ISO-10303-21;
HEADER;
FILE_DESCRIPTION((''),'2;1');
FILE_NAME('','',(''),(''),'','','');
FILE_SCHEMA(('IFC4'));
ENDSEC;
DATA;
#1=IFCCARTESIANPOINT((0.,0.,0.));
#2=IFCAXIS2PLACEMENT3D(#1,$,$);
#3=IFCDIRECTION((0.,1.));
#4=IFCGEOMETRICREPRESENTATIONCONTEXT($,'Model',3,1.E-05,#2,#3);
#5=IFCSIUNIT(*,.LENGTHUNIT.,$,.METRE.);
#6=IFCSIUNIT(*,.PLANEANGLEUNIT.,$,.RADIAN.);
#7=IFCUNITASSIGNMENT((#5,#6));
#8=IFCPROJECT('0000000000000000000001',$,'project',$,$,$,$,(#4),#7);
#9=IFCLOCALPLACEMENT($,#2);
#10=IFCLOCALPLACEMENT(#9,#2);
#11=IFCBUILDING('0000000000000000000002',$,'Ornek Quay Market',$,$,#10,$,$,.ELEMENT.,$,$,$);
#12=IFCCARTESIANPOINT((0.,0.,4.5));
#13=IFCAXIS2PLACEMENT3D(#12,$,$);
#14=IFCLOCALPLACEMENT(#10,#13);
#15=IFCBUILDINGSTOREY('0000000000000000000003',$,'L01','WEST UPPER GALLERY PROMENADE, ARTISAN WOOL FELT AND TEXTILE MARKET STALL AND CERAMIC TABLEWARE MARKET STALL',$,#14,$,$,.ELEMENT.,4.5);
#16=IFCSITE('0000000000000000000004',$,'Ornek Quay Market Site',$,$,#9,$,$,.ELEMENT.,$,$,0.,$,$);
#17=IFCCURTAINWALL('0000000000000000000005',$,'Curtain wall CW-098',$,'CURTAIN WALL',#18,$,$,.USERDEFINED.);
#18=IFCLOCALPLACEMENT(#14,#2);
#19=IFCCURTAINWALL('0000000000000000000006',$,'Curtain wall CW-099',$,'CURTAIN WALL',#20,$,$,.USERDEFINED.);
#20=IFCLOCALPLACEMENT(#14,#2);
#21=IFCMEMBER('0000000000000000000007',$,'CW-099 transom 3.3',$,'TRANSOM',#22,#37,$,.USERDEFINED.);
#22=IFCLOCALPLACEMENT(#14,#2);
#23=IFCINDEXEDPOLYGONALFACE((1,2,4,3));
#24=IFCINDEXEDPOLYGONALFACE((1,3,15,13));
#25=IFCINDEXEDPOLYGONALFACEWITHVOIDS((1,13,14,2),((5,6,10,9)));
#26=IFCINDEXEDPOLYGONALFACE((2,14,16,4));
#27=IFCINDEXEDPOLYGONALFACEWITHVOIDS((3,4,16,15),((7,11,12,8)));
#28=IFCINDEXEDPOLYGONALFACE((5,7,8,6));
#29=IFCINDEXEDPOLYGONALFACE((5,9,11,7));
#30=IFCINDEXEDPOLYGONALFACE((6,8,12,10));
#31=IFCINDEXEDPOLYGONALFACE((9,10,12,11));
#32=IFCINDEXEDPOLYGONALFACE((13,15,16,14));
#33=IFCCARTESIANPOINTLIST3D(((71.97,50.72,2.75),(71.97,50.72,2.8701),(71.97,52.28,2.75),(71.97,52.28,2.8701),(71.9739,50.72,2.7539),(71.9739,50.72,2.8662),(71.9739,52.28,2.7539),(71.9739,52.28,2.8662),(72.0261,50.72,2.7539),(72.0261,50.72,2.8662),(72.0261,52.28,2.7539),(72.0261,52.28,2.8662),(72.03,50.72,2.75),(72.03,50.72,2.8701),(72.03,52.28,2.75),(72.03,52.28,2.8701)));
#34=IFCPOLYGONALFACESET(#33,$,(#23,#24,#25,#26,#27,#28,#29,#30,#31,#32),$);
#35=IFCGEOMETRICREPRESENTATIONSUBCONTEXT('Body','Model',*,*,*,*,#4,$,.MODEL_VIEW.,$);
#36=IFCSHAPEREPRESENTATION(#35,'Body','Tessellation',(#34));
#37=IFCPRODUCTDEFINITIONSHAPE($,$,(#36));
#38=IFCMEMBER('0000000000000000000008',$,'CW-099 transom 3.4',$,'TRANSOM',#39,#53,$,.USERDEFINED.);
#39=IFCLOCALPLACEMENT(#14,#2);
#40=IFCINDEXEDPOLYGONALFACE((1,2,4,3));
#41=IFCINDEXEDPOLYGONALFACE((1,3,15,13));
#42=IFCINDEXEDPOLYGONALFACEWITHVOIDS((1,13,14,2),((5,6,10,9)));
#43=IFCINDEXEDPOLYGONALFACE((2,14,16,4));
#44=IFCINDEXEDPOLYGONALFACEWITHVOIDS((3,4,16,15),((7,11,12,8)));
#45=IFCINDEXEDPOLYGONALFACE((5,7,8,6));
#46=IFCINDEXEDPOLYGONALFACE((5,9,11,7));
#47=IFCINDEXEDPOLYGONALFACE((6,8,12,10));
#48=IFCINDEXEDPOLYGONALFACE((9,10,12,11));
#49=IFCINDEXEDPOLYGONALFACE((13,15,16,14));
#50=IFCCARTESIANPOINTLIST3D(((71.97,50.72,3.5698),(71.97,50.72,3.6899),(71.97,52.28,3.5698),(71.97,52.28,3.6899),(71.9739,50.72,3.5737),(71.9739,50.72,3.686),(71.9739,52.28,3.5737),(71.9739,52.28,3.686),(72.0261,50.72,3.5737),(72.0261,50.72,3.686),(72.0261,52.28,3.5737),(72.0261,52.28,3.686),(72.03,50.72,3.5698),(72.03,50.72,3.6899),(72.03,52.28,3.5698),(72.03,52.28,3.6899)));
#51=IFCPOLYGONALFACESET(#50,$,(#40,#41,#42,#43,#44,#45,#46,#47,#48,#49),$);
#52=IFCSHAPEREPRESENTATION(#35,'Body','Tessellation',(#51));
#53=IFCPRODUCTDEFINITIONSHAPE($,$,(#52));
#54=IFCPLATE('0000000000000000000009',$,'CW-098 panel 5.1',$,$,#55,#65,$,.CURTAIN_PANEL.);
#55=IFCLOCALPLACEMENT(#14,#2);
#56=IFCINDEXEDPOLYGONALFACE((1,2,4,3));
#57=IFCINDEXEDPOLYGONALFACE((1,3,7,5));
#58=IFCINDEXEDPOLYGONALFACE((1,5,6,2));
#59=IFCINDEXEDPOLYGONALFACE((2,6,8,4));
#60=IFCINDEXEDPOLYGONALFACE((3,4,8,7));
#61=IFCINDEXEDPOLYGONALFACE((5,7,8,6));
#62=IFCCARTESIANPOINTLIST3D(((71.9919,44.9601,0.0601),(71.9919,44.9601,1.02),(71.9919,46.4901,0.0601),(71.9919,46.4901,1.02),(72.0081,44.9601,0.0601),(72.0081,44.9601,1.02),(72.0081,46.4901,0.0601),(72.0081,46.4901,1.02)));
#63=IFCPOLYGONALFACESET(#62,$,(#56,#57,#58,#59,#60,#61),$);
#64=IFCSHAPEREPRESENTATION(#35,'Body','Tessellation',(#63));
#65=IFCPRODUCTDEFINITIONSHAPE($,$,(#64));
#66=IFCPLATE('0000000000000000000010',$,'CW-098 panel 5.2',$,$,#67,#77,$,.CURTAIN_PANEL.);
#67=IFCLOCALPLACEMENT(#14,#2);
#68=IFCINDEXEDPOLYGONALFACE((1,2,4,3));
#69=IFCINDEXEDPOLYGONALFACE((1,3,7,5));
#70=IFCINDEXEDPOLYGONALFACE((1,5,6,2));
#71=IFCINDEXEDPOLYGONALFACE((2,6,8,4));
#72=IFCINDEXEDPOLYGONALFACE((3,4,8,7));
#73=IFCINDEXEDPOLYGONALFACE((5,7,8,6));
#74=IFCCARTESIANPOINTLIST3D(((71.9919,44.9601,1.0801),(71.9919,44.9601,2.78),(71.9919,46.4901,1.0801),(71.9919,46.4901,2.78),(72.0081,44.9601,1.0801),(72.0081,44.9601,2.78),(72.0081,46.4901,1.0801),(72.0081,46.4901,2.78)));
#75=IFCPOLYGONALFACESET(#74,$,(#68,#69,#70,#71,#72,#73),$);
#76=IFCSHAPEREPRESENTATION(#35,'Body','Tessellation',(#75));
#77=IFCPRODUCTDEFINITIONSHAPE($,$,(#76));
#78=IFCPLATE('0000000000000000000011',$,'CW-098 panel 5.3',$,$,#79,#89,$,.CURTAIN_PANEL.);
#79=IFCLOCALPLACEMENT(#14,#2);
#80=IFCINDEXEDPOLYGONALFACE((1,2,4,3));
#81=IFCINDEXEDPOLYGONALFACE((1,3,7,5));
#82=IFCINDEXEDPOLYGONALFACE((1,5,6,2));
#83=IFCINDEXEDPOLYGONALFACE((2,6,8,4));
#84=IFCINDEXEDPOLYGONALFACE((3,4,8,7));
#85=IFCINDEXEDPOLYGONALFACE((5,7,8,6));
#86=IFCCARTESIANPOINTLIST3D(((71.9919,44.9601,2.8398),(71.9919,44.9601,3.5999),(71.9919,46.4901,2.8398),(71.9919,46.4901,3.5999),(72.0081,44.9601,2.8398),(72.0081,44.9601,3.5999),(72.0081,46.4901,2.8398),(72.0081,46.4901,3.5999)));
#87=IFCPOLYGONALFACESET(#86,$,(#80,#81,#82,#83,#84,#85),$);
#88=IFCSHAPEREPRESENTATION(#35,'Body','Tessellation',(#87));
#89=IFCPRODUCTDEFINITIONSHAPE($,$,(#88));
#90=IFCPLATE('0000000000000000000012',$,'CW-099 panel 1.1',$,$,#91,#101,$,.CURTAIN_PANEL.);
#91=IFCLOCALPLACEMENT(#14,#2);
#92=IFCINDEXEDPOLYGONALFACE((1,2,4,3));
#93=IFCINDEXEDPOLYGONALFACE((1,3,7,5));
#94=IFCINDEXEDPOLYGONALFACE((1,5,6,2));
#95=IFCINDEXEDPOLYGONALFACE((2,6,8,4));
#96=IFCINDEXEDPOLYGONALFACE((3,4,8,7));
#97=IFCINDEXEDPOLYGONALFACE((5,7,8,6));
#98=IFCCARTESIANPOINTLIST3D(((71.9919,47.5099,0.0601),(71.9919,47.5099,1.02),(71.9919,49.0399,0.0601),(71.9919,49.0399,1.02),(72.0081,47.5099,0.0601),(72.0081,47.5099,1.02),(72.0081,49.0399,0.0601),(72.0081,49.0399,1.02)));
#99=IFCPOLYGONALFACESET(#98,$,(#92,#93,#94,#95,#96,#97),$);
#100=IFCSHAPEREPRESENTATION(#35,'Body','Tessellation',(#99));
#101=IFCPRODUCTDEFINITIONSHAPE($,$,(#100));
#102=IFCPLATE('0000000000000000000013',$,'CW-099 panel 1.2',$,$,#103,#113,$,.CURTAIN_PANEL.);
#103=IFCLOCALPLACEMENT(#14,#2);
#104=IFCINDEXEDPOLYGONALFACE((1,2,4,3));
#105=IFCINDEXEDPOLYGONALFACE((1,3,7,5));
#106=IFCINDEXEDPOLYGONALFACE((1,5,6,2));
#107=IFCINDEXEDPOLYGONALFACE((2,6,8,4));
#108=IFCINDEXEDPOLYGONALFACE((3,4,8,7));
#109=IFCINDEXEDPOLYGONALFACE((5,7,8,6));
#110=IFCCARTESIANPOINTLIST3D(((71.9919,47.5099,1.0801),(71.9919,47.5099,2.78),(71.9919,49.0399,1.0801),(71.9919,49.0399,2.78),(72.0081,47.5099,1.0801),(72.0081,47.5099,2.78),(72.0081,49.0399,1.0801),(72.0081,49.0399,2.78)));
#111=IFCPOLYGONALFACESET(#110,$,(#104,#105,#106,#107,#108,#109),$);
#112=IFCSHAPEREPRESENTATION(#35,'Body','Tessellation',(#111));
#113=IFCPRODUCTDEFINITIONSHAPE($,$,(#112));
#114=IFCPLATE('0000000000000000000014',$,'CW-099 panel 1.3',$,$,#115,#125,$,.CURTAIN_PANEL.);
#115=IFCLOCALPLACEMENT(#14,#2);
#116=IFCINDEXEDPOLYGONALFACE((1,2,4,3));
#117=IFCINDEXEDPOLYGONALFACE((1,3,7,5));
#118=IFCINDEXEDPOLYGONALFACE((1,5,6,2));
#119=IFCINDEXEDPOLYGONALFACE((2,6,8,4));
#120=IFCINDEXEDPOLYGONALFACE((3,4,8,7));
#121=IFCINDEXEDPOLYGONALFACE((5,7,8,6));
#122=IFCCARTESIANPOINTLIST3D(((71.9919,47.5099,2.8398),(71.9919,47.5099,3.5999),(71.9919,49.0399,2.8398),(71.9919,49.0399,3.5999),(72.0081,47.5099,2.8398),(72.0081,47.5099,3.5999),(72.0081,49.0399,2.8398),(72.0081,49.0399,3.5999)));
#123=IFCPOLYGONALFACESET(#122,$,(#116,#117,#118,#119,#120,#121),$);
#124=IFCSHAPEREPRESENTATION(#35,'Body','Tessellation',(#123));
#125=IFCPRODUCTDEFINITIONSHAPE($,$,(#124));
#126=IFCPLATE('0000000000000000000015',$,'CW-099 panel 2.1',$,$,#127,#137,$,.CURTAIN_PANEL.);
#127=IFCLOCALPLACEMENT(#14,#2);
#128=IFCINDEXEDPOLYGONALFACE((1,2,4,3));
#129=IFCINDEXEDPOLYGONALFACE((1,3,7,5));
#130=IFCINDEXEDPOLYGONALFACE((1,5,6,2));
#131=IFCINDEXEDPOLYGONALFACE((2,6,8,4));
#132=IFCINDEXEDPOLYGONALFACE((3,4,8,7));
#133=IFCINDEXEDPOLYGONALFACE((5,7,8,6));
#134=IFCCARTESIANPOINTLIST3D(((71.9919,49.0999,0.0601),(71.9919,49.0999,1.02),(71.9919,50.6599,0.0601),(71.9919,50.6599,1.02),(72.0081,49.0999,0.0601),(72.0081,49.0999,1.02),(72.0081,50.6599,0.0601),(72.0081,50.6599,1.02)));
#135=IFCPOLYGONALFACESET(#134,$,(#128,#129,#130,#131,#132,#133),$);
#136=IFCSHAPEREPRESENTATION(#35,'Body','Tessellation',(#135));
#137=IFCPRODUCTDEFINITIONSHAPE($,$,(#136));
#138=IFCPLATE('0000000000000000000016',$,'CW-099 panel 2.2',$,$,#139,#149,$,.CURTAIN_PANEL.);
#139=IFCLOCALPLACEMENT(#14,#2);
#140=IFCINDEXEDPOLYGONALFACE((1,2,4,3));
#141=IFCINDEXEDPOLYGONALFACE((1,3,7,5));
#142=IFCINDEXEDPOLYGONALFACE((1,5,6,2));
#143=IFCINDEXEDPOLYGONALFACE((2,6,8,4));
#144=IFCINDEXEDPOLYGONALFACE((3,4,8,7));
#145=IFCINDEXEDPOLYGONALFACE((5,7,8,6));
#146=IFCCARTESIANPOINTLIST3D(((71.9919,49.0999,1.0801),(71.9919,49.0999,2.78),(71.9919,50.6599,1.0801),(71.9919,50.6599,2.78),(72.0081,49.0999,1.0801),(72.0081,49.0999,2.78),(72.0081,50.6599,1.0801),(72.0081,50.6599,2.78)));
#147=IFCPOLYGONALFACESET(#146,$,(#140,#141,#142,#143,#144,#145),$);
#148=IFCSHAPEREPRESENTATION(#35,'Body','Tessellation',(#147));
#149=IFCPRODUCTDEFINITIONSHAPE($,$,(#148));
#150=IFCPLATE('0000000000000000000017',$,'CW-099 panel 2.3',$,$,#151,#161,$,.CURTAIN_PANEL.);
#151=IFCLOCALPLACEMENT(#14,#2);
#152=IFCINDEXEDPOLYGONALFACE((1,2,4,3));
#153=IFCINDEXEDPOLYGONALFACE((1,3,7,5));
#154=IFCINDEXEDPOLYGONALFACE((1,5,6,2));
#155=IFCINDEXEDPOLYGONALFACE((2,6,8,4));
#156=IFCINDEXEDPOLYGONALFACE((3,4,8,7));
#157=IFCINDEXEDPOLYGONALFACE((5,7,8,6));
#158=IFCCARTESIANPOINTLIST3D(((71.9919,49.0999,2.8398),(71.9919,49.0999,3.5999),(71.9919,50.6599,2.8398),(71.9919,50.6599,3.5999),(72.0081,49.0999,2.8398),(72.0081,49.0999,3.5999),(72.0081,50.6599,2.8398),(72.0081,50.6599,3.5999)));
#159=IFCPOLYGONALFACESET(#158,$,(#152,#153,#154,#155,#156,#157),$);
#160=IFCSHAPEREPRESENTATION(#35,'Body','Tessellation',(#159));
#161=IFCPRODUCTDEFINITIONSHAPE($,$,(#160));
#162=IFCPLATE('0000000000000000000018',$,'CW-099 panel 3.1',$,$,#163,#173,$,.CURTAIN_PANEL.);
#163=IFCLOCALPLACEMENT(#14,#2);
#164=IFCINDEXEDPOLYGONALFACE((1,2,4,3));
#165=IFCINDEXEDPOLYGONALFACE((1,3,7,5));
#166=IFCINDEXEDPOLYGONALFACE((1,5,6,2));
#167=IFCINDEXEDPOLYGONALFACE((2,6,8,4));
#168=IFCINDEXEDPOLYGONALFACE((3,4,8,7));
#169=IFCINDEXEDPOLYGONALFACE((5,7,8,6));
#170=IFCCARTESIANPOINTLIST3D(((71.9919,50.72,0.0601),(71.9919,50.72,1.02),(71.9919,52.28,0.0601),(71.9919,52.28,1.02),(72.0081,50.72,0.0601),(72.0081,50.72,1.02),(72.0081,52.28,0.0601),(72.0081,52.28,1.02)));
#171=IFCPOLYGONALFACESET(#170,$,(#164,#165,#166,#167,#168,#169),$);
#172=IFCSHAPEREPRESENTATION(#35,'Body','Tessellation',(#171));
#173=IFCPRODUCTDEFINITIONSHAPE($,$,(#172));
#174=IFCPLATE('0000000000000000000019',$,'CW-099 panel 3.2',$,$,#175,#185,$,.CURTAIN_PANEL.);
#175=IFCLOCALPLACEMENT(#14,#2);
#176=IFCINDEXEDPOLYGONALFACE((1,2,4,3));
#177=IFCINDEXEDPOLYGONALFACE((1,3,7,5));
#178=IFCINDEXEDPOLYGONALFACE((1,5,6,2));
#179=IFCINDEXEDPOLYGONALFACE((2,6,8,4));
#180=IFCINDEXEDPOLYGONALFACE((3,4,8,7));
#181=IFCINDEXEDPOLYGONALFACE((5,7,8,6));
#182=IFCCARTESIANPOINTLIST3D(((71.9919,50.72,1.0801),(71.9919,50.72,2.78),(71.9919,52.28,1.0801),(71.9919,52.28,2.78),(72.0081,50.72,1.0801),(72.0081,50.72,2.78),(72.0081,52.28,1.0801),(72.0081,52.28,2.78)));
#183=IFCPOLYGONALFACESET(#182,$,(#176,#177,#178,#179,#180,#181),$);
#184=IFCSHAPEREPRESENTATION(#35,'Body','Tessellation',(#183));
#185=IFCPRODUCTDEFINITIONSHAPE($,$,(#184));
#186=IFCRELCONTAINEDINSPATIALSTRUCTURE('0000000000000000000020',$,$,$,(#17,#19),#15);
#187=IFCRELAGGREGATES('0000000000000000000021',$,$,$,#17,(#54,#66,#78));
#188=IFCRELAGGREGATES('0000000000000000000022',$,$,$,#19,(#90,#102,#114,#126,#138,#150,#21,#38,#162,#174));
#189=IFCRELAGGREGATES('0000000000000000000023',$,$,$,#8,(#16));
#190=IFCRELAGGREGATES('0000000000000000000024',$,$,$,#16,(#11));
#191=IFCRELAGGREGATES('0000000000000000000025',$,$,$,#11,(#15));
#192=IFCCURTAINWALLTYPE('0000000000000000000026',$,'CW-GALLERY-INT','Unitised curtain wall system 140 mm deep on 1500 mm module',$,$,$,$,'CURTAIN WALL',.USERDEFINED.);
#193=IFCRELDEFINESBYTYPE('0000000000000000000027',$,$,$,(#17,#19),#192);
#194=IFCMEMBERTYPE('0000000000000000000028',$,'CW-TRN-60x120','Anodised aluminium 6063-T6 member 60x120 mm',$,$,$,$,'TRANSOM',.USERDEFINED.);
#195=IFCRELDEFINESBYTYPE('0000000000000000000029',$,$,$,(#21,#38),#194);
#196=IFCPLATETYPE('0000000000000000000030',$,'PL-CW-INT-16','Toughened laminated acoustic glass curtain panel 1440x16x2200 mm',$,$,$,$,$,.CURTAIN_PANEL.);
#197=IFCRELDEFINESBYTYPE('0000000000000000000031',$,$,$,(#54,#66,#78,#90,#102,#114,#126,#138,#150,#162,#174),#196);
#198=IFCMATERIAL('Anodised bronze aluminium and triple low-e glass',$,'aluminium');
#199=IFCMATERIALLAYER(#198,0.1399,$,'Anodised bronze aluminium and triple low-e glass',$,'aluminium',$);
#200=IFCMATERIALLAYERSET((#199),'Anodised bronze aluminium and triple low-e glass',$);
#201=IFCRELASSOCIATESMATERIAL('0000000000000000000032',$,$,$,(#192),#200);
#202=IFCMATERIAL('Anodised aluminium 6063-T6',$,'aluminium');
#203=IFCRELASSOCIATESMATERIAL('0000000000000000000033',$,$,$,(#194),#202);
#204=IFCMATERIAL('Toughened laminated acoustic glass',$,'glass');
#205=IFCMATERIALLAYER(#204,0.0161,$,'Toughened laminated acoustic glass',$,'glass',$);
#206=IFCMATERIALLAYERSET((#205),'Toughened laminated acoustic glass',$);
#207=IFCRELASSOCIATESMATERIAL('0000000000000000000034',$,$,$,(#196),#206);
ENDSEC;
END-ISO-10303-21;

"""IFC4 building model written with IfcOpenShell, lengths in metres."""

from ifc_helpers import new_model, si_unit, direction, frame, origin, origin_2d, place, context, subcontext, project, spatial, rectangle, hollow_rectangle, extrude, material, layer, layer_set, material_profile, profile_set, type_object, element, aggregate, save


model = new_model("IFC4")

# Units and contexts
model_context = context("Model", 3, precision=1e-05, world=origin(), true_north=direction((0.0, 1.0)))
body_context = subcontext(model_context, "Body", "Model", "MODEL_VIEW")
ifc_project = project(units=[si_unit("LENGTHUNIT", "METRE"), si_unit("PLANEANGLEUNIT", "RADIAN")], contexts=[model_context])

# Site, building, storey
site_placement = place(None, origin())
site = spatial("IfcSite", under=ifc_project, at=site_placement, Name="Ornek Quay Market Site", CompositionType="ELEMENT", RefElevation=0.0)
building_placement = place(site_placement, origin())
building = spatial("IfcBuilding", under=site, at=building_placement, Name="Ornek Quay Market", CompositionType="ELEMENT")
storey_placement = place(building_placement, frame((0.0, 0.0, 4.5)))
storey = spatial("IfcBuildingStorey", under=building, at=storey_placement, Name="L01", Description="WEST UPPER GALLERY PROMENADE, ARTISAN WOOL FELT AND TEXTILE MARKET STALL AND CERAMIC TABLEWARE MARKET STALL", CompositionType="ELEMENT", Elevation=4.5)

# Curtain wall
ifc_material_1 = material(Name="Anodised bronze aluminium and triple low-e glass", Category="aluminium")
ifc_layer_1 = layer(ifc_material_1, 0.1399, Name="Anodised bronze aluminium and triple low-e glass", Category="aluminium")
ifc_layer_set_1 = layer_set([ifc_layer_1], Name="Anodised bronze aluminium and triple low-e glass")
curtain_wall_type = type_object("IfcCurtainWallType", Name="CW-GALLERY-INT", Description="Unitised curtain wall system 140 mm deep on 1500 mm module", ElementType="CURTAIN WALL", PredefinedType="USERDEFINED", material=ifc_layer_set_1)
curtain_wall_1_placement = place(storey_placement, origin())
curtain_wall_1 = element("IfcCurtainWall", 1, at=curtain_wall_1_placement, inside=storey, type_object=curtain_wall_type, Name="Curtain wall CW-098", ObjectType="CURTAIN WALL", PredefinedType="USERDEFINED")
ifc_material_2 = material(Name="Anodised aluminium 6063-T6", Category="aluminium")

# Curtain wall
curtain_wall_2_placement = place(storey_placement, origin())
curtain_wall_2 = element("IfcCurtainWall", 2, at=curtain_wall_2_placement, inside=storey, type_object=curtain_wall_type, Name="Curtain wall CW-099", ObjectType="CURTAIN WALL", PredefinedType="USERDEFINED")

# Members
ifc_material_profile_1 = material_profile(ifc_material_2, hollow_rectangle(XDim=0.0601, YDim=0.1201, WallThickness=0.0039, at=origin_2d()), Name="CW-TRN-60x120", Category="aluminium")
ifc_profile_set_1 = profile_set([ifc_material_profile_1], Name="Anodised aluminium 6063-T6")
member_type_1 = type_object("IfcMemberType", Name="CW-TRN-60x120", Description="Anodised aluminium 6063-T6 member 60x120 mm", ElementType="TRANSOM", PredefinedType="USERDEFINED", material=ifc_profile_set_1)
member_1_placement = place(storey_placement, frame((72.0, 50.72, 2.8101), z_axis=(0.0, 1.0, 0.0), x_axis=(-1.0, 0.0, 0.0)))
member_1 = element("IfcMember", 3, at=member_1_placement, type_object=member_type_1, Name="CW-099 transom 3.3", ObjectType="TRANSOM", PredefinedType="USERDEFINED", context=body_context, shape_type="SweptSolid", body=[
    extrude(hollow_rectangle(XDim=0.0601, YDim=0.1201, WallThickness=0.0039, at=origin_2d()), origin(), (0.0, 0.0, 1.0), 1.5601),
])
member_2_placement = place(storey_placement, frame((72.0, 50.72, 3.6299), z_axis=(0.0, 1.0, 0.0), x_axis=(-1.0, 0.0, 0.0)))
member_2 = element("IfcMember", 4, at=member_2_placement, type_object=member_type_1, Name="CW-099 transom 3.4", ObjectType="TRANSOM", PredefinedType="USERDEFINED", context=body_context, shape_type="SweptSolid", body=[
    extrude(hollow_rectangle(XDim=0.0601, YDim=0.1201, WallThickness=0.0039, at=origin_2d()), origin(), (0.0, 0.0, 1.0), 1.5601),
])

# Plates
ifc_material_3 = material(Name="Toughened laminated acoustic glass", Category="glass")
ifc_layer_2 = layer(ifc_material_3, 0.0161, Name="Toughened laminated acoustic glass", Category="glass")
ifc_layer_set_2 = layer_set([ifc_layer_2], Name="Toughened laminated acoustic glass")
plate_type = type_object("IfcPlateType", Name="PL-CW-INT-16", Description="Toughened laminated acoustic glass curtain panel 1440x16x2200 mm", PredefinedType="CURTAIN_PANEL", material=ifc_layer_set_2)
plate_1_placement = place(storey_placement, frame((72.0, 45.7251, 0.0601), z_axis=(0.0, 0.0, 1.0), x_axis=(0.0, 1.0, 0.0)))
plate_1 = element("IfcPlate", 5, at=plate_1_placement, type_object=plate_type, Name="CW-098 panel 5.1", PredefinedType="CURTAIN_PANEL", context=body_context, shape_type="SweptSolid", body=[
    extrude(rectangle(XDim=1.53, YDim=0.0161, at=origin_2d()), origin(), (0.0, 0.0, 1.0), 0.96),
])
plate_2_placement = place(storey_placement, frame((72.0, 45.7251, 1.0801), z_axis=(0.0, 0.0, 1.0), x_axis=(0.0, 1.0, 0.0)))
plate_2 = element("IfcPlate", 6, at=plate_2_placement, type_object=plate_type, Name="CW-098 panel 5.2", PredefinedType="CURTAIN_PANEL", context=body_context, shape_type="SweptSolid", body=[
    extrude(rectangle(XDim=1.53, YDim=0.0161, at=origin_2d()), origin(), (0.0, 0.0, 1.0), 1.7),
])
plate_3_placement = place(storey_placement, frame((72.0, 45.7251, 2.8398), z_axis=(0.0, 0.0, 1.0), x_axis=(0.0, 1.0, 0.0)))
plate_3 = element("IfcPlate", 7, at=plate_3_placement, type_object=plate_type, Name="CW-098 panel 5.3", PredefinedType="CURTAIN_PANEL", context=body_context, shape_type="SweptSolid", body=[
    extrude(rectangle(XDim=1.53, YDim=0.0161, at=origin_2d()), origin(), (0.0, 0.0, 1.0), 0.76),
])
aggregate(curtain_wall_1, [plate_1, plate_2, plate_3])
plate_4_placement = place(storey_placement, frame((72.0, 48.2749, 0.0601), z_axis=(0.0, 0.0, 1.0), x_axis=(0.0, 1.0, 0.0)))
plate_4 = element("IfcPlate", 8, at=plate_4_placement, type_object=plate_type, Name="CW-099 panel 1.1", PredefinedType="CURTAIN_PANEL", context=body_context, shape_type="SweptSolid", body=[
    extrude(rectangle(XDim=1.53, YDim=0.0161, at=origin_2d()), origin(), (0.0, 0.0, 1.0), 0.96),
])
plate_5_placement = place(storey_placement, frame((72.0, 48.2749, 1.0801), z_axis=(0.0, 0.0, 1.0), x_axis=(0.0, 1.0, 0.0)))
plate_5 = element("IfcPlate", 9, at=plate_5_placement, type_object=plate_type, Name="CW-099 panel 1.2", PredefinedType="CURTAIN_PANEL", context=body_context, shape_type="SweptSolid", body=[
    extrude(rectangle(XDim=1.53, YDim=0.0161, at=origin_2d()), origin(), (0.0, 0.0, 1.0), 1.7),
])
plate_6_placement = place(storey_placement, frame((72.0, 48.2749, 2.8398), z_axis=(0.0, 0.0, 1.0), x_axis=(0.0, 1.0, 0.0)))
plate_6 = element("IfcPlate", 10, at=plate_6_placement, type_object=plate_type, Name="CW-099 panel 1.3", PredefinedType="CURTAIN_PANEL", context=body_context, shape_type="SweptSolid", body=[
    extrude(rectangle(XDim=1.53, YDim=0.0161, at=origin_2d()), origin(), (0.0, 0.0, 1.0), 0.76),
])
plate_7_placement = place(storey_placement, frame((72.0, 49.8799, 0.0601), z_axis=(0.0, 0.0, 1.0), x_axis=(0.0, 1.0, 0.0)))
plate_7 = element("IfcPlate", 11, at=plate_7_placement, type_object=plate_type, Name="CW-099 panel 2.1", PredefinedType="CURTAIN_PANEL", context=body_context, shape_type="SweptSolid", body=[
    extrude(rectangle(XDim=1.5601, YDim=0.0161, at=origin_2d()), origin(), (0.0, 0.0, 1.0), 0.96),
])
plate_8_placement = place(storey_placement, frame((72.0, 49.8799, 1.0801), z_axis=(0.0, 0.0, 1.0), x_axis=(0.0, 1.0, 0.0)))
plate_8 = element("IfcPlate", 12, at=plate_8_placement, type_object=plate_type, Name="CW-099 panel 2.2", PredefinedType="CURTAIN_PANEL", context=body_context, shape_type="SweptSolid", body=[
    extrude(rectangle(XDim=1.5601, YDim=0.0161, at=origin_2d()), origin(), (0.0, 0.0, 1.0), 1.7),
])
plate_9_placement = place(storey_placement, frame((72.0, 49.8799, 2.8398), z_axis=(0.0, 0.0, 1.0), x_axis=(0.0, 1.0, 0.0)))
plate_9 = element("IfcPlate", 13, at=plate_9_placement, type_object=plate_type, Name="CW-099 panel 2.3", PredefinedType="CURTAIN_PANEL", context=body_context, shape_type="SweptSolid", body=[
    extrude(rectangle(XDim=1.5601, YDim=0.0161, at=origin_2d()), origin(), (0.0, 0.0, 1.0), 0.76),
])
plate_10_placement = place(storey_placement, frame((72.0, 51.5, 0.0601), z_axis=(0.0, 0.0, 1.0), x_axis=(0.0, 1.0, 0.0)))
plate_10 = element("IfcPlate", 14, at=plate_10_placement, type_object=plate_type, Name="CW-099 panel 3.1", PredefinedType="CURTAIN_PANEL", context=body_context, shape_type="SweptSolid", body=[
    extrude(rectangle(XDim=1.5601, YDim=0.0161, at=origin_2d()), origin(), (0.0, 0.0, 1.0), 0.96),
])
plate_11_placement = place(storey_placement, frame((72.0, 51.5, 1.0801), z_axis=(0.0, 0.0, 1.0), x_axis=(0.0, 1.0, 0.0)))
plate_11 = element("IfcPlate", 15, at=plate_11_placement, type_object=plate_type, Name="CW-099 panel 3.2", PredefinedType="CURTAIN_PANEL", context=body_context, shape_type="SweptSolid", body=[
    extrude(rectangle(XDim=1.5601, YDim=0.0161, at=origin_2d()), origin(), (0.0, 0.0, 1.0), 1.7),
])
aggregate(curtain_wall_2, [plate_4, plate_5, plate_6, plate_7, plate_8, plate_9, member_1, member_2, plate_10, plate_11])

save(model, "model.ifc")
